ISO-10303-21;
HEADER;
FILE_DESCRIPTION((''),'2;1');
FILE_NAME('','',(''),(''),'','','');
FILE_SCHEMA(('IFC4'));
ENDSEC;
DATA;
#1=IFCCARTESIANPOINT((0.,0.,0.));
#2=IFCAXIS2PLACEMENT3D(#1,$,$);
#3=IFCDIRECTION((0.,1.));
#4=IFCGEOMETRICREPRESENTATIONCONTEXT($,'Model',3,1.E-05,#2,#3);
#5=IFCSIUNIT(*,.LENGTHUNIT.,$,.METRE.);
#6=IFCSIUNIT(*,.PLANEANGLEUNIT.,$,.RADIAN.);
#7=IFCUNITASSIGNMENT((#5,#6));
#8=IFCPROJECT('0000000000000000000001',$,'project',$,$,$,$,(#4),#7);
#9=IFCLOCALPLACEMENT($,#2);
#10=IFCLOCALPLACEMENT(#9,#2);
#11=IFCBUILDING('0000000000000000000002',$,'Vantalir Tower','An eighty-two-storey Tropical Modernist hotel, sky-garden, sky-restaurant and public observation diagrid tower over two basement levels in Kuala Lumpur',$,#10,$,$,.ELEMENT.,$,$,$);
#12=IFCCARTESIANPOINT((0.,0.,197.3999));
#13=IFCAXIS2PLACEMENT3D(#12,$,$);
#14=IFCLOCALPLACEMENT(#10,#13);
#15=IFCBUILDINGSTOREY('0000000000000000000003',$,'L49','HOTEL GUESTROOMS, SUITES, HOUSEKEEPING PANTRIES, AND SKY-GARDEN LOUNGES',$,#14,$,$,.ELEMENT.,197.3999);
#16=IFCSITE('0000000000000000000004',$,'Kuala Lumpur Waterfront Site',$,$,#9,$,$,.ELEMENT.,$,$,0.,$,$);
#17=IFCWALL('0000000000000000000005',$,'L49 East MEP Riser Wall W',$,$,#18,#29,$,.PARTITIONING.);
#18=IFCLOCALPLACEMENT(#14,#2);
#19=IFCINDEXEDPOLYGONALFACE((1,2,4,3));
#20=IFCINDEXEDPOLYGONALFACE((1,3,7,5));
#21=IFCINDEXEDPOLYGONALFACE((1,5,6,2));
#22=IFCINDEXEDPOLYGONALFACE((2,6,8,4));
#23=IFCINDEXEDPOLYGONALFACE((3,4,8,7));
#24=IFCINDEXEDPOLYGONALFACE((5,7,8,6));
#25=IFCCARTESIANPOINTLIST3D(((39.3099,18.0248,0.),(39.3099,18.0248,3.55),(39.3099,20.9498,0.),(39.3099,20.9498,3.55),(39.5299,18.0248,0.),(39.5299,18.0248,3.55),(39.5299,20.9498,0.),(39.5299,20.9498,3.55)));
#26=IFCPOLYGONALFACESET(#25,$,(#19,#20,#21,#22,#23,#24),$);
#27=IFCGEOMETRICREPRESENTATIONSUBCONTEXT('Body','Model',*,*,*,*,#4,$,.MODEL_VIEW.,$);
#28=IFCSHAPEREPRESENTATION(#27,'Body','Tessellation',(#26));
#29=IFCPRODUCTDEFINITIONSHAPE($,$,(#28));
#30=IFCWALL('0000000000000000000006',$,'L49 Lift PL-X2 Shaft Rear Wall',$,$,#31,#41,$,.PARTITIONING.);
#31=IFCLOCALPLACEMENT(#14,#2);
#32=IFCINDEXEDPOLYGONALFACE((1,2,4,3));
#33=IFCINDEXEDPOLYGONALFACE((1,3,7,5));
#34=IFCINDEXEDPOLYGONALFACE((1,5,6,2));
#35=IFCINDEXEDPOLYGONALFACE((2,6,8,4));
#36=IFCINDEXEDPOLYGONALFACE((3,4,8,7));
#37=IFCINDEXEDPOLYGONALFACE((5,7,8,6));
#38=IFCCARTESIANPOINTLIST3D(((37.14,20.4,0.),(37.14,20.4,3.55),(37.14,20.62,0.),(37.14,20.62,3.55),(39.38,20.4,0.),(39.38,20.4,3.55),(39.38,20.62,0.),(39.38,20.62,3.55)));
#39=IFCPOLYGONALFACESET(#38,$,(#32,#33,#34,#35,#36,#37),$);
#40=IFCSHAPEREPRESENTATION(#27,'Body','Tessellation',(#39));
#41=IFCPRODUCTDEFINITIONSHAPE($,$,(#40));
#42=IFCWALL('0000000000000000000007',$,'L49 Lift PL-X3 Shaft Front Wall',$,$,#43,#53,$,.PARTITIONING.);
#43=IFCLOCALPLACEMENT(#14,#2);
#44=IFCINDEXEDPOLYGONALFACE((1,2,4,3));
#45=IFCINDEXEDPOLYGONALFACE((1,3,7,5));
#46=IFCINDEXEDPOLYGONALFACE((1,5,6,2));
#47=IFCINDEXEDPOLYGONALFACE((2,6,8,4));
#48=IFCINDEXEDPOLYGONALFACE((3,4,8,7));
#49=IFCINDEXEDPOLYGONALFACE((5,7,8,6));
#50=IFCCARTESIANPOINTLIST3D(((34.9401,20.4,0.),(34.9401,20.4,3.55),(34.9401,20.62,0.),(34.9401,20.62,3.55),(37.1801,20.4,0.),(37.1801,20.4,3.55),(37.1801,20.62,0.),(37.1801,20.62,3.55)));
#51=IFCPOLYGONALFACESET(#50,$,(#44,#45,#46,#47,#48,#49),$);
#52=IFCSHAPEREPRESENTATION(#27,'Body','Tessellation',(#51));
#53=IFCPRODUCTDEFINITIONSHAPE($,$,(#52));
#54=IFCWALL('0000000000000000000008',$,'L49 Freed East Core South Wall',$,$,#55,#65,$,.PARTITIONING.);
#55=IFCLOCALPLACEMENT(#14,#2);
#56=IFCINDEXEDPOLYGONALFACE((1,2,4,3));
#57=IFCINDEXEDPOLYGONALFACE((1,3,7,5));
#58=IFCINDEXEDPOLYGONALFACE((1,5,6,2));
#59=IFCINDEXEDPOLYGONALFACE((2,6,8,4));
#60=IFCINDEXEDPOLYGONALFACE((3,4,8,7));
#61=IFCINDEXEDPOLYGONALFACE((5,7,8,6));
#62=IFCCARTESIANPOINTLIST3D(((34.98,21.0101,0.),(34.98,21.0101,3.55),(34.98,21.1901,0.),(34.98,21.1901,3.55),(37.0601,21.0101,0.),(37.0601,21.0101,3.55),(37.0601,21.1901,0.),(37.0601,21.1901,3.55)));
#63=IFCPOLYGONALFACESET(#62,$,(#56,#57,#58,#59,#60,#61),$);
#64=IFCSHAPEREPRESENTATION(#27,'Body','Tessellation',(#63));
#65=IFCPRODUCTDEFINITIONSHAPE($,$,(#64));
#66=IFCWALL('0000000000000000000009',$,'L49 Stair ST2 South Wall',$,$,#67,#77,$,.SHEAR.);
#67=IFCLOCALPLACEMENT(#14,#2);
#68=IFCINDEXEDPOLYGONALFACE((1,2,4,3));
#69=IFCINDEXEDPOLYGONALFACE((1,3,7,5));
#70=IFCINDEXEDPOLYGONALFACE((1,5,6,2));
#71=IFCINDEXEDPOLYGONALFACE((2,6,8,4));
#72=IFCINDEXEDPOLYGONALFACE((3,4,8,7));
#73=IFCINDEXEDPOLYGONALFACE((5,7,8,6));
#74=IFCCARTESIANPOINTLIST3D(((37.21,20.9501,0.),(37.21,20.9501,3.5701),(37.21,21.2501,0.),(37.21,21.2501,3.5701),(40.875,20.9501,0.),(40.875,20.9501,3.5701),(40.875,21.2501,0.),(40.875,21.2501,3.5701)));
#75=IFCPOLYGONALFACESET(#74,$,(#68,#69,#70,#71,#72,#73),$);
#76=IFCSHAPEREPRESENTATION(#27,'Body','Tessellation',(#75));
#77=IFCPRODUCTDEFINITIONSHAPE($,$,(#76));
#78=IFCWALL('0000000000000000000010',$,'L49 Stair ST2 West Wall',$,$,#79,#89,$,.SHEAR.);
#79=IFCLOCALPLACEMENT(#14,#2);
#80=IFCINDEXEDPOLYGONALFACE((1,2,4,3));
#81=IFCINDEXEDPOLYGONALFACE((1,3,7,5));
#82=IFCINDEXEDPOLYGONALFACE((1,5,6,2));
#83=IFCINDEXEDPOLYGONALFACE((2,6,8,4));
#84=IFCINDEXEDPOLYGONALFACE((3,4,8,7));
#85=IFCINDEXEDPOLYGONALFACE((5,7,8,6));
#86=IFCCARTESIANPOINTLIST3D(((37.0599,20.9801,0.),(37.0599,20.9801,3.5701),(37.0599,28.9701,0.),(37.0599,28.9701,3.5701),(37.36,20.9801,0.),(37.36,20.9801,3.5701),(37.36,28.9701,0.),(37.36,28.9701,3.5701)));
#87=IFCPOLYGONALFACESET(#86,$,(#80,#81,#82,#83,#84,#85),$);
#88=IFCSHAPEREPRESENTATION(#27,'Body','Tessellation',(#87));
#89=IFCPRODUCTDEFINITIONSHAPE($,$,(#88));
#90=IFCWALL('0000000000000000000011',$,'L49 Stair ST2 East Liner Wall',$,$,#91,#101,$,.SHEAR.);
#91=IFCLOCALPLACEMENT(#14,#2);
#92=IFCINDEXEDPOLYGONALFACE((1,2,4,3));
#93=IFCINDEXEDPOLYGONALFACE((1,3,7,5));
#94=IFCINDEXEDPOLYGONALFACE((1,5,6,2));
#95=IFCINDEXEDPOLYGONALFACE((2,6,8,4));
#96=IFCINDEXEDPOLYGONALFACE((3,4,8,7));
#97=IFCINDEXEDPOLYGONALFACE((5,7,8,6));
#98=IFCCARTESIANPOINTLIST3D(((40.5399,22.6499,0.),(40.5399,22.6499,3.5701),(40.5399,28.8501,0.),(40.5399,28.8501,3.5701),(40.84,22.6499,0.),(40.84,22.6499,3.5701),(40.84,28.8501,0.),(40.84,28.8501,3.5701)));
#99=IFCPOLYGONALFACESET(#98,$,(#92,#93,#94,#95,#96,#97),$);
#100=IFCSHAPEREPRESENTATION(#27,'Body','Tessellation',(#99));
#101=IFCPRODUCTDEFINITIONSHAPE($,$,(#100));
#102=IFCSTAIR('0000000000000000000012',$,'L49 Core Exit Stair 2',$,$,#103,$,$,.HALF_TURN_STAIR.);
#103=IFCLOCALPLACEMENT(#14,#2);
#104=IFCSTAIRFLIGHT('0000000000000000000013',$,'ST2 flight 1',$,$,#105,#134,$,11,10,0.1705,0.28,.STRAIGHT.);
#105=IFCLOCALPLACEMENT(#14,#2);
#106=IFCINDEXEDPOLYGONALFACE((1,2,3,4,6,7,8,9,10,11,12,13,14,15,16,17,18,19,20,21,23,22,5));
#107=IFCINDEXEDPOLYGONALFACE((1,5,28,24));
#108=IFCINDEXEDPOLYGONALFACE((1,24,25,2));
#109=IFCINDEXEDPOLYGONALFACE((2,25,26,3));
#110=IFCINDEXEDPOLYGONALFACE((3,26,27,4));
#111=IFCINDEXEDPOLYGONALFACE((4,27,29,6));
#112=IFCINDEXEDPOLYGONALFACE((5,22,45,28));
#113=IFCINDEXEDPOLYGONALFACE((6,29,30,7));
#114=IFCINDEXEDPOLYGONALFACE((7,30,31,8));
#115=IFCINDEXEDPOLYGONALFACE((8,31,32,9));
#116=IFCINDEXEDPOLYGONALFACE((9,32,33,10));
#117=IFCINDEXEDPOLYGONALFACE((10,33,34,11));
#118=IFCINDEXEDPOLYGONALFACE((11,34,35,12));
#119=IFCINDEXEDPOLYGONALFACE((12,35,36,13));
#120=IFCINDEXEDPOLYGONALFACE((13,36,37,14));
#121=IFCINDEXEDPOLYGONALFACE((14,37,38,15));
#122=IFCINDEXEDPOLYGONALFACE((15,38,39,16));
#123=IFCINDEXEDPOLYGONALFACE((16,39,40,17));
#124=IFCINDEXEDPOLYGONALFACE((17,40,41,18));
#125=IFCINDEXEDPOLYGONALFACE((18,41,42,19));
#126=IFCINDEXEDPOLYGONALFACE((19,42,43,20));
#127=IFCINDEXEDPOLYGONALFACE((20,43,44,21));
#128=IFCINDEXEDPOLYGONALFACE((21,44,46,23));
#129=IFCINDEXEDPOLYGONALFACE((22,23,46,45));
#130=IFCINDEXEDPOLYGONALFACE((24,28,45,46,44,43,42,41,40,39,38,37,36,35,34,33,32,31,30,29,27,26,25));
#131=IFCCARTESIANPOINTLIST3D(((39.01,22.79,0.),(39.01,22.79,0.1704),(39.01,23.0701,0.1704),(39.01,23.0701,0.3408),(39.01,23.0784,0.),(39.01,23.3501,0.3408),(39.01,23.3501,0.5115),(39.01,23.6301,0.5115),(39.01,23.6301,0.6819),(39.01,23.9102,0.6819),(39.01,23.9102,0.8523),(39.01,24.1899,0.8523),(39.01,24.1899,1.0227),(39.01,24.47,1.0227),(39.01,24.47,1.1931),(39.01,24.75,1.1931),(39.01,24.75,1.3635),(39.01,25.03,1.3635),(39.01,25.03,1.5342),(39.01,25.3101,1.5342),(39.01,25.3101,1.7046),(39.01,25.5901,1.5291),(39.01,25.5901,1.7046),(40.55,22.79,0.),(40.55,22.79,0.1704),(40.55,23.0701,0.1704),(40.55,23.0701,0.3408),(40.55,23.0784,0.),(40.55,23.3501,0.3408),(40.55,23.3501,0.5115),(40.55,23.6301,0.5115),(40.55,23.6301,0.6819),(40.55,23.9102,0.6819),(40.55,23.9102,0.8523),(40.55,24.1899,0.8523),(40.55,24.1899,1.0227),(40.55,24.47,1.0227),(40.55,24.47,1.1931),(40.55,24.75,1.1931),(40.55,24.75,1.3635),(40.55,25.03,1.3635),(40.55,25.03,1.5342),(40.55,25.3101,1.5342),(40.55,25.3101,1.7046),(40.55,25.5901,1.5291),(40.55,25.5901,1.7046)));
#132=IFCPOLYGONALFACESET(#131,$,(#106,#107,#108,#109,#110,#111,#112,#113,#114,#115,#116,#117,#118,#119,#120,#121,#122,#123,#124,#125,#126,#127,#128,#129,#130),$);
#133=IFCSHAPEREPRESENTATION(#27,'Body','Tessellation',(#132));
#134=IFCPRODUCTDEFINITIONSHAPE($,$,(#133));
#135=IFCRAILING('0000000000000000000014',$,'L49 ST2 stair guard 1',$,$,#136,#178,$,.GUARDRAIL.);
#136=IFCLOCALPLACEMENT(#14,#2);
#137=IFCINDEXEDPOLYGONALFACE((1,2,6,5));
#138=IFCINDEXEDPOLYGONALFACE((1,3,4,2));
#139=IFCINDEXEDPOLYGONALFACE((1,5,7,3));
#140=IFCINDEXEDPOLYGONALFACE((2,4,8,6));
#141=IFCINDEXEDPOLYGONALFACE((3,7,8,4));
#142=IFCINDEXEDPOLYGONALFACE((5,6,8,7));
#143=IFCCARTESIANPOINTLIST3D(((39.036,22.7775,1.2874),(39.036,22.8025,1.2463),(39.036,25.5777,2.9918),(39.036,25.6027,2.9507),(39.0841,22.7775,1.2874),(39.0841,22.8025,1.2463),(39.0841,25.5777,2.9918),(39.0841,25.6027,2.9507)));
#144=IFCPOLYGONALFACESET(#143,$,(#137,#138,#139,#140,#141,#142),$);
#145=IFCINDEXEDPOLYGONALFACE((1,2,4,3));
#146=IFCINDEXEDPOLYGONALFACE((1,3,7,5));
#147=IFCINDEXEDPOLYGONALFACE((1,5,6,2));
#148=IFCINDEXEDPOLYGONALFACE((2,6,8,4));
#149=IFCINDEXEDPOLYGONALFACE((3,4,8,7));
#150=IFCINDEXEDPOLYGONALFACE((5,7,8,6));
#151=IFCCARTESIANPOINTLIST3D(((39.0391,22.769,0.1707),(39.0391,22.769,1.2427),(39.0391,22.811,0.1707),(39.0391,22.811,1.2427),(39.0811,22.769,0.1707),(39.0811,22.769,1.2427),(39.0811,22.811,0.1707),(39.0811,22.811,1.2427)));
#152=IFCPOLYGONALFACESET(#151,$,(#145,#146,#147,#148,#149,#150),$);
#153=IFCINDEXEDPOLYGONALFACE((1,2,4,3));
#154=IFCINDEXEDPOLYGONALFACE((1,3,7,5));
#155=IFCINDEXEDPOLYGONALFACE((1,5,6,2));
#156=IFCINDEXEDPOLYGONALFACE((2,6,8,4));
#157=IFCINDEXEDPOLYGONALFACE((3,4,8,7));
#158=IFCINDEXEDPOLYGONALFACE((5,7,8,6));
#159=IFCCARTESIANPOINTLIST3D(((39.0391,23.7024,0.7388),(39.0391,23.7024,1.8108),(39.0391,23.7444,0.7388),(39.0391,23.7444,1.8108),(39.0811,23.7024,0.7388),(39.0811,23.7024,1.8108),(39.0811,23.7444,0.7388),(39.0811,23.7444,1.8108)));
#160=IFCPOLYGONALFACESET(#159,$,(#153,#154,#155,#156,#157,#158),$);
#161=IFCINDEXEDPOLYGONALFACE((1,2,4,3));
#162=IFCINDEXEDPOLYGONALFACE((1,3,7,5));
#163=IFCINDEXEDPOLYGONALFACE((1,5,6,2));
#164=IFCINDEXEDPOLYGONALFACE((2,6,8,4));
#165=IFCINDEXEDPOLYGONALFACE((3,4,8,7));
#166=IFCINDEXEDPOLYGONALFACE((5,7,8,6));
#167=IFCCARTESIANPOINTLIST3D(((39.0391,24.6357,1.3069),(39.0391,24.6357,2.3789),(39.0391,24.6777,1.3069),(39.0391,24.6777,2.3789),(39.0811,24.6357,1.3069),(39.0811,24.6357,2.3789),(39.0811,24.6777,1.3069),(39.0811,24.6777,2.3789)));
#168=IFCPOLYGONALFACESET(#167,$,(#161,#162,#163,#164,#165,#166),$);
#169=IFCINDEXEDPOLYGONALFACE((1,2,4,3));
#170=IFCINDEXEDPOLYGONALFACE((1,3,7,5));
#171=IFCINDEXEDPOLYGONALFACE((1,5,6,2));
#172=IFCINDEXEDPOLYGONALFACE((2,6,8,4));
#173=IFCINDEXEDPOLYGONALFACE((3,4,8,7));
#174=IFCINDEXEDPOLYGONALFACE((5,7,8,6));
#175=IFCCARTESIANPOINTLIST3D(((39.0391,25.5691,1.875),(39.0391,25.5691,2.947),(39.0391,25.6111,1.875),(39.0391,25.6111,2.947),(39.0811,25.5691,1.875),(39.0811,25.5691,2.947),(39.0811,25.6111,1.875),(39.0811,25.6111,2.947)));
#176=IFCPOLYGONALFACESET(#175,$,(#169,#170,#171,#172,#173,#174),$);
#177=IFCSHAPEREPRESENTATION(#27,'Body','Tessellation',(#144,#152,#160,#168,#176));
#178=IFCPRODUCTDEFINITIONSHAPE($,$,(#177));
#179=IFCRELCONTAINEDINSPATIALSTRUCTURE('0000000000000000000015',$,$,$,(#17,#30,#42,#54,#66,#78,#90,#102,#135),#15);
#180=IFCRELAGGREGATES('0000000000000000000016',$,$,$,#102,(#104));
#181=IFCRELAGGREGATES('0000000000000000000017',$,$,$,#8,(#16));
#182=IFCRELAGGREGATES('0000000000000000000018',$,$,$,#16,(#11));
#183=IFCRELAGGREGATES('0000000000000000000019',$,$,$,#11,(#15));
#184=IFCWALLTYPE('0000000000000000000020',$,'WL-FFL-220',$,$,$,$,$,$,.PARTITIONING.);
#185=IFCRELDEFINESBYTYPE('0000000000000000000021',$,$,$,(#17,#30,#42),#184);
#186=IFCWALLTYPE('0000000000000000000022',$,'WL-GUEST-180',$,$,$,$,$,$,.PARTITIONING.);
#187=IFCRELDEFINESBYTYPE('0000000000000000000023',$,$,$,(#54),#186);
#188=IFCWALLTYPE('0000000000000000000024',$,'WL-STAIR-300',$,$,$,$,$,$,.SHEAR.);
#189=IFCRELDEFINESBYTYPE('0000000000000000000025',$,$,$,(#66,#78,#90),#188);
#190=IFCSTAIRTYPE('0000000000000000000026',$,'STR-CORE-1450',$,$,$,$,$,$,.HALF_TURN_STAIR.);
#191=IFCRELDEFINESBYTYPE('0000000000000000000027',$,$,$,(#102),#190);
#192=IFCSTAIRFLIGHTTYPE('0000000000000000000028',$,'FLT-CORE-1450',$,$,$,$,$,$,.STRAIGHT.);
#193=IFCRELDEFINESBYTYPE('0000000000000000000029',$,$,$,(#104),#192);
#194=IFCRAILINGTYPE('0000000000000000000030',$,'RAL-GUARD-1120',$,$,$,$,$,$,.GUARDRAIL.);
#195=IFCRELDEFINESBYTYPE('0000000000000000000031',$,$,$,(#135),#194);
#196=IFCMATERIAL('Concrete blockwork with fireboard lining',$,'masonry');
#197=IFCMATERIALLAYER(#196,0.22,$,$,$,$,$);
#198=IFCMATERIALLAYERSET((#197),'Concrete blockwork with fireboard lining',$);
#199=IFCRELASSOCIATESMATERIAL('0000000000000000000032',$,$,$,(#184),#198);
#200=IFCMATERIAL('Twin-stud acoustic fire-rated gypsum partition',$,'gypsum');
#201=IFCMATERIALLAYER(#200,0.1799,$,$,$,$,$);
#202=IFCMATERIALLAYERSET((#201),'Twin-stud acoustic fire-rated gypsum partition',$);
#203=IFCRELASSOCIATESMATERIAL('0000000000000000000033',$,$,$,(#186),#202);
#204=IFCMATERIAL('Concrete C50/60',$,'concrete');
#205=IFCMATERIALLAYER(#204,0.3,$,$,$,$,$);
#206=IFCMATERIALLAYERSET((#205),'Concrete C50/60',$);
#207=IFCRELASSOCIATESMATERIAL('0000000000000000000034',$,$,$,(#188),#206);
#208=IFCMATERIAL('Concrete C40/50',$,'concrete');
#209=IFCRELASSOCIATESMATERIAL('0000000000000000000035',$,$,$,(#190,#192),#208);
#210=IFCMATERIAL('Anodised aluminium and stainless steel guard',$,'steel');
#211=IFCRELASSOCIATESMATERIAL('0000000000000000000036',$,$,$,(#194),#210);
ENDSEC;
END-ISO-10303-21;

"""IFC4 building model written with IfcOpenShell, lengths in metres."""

from ifc_helpers import new_model, si_unit, direction, frame, frame_2d, origin, origin_2d, place, context, subcontext, project, spatial, polyline, rectangle, outline, extrude, material, layer, layer_set, type_object, element, aggregate, save


model = new_model("IFC4")

# Units and contexts
model_context = context("Model", 3, precision=1e-05, world=origin(), true_north=direction((0.0, 1.0)))
body_context = subcontext(model_context, "Body", "Model", "MODEL_VIEW")
ifc_project = project(units=[si_unit("LENGTHUNIT", "METRE"), si_unit("PLANEANGLEUNIT", "RADIAN")], contexts=[model_context])

# Site, building, storey
site_placement = place(None, origin())
site = spatial("IfcSite", under=ifc_project, at=site_placement, Name="Kuala Lumpur Waterfront Site", CompositionType="ELEMENT", RefElevation=0.0)
building_placement = place(site_placement, origin())
building = spatial("IfcBuilding", under=site, at=building_placement, Name="Vantalir Tower", Description="An eighty-two-storey Tropical Modernist hotel, sky-garden, sky-restaurant and public observation diagrid tower over two basement levels in Kuala Lumpur", CompositionType="ELEMENT")
storey_placement = place(building_placement, frame((0.0, 0.0, 197.3999)))
storey = spatial("IfcBuildingStorey", under=building, at=storey_placement, Name="L49", Description="HOTEL GUESTROOMS, SUITES, HOUSEKEEPING PANTRIES, AND SKY-GARDEN LOUNGES", CompositionType="ELEMENT", Elevation=197.3999)

# Shared definitions
ifc_material_1 = material(Name="Concrete C50/60", Category="concrete")

# Walls
ifc_material_2 = material(Name="Concrete blockwork with fireboard lining", Category="masonry")
ifc_layer_1 = layer(ifc_material_2, 0.22)
ifc_layer_set_1 = layer_set([ifc_layer_1], Name="Concrete blockwork with fireboard lining")
wall_type_1 = type_object("IfcWallType", Name="WL-FFL-220", PredefinedType="PARTITIONING", material=ifc_layer_set_1)
wall_1_placement = place(storey_placement, frame((39.4199, 18.0249, 0.0), z_axis=(0.0, 0.0, 1.0), x_axis=(0.0, 1.0, 0.0)))
element("IfcWall", 1, at=wall_1_placement, inside=storey, type_object=wall_type_1, Name="L49 East MEP Riser Wall W", PredefinedType="PARTITIONING", context=body_context, shape_type="SweptSolid", body=[
    extrude(rectangle(XDim=2.925, YDim=0.22, at=frame_2d((1.4624, 0.0))), origin(), (0.0, 0.0, 1.0), 3.55),
])
for number, where, z_axis, x_axis, name in (
    (2, (37.1399, 20.51, 0.0), (0.0, 0.0, 1.0), (1.0, 0.0, 0.0), "L49 Lift PL-X2 Shaft Rear Wall"),
    (3, (34.9399, 20.51, 0.0), (0.0, 0.0, 1.0), (1.0, 0.0, 0.0), "L49 Lift PL-X3 Shaft Front Wall"),
):
    element("IfcWall", number, at=place(storey_placement, frame(where, z_axis=z_axis, x_axis=x_axis)), inside=storey, type_object=wall_type_1, Name=name, PredefinedType="PARTITIONING", context=body_context, shape_type="SweptSolid", body=[
        extrude(rectangle(XDim=2.24, YDim=0.22, at=frame_2d((1.1201, 0.0))), origin(), (0.0, 0.0, 1.0), 3.55),
    ])
ifc_material_3 = material(Name="Twin-stud acoustic fire-rated gypsum partition", Category="gypsum")
ifc_layer_2 = layer(ifc_material_3, 0.1799)
ifc_layer_set_2 = layer_set([ifc_layer_2], Name="Twin-stud acoustic fire-rated gypsum partition")
wall_type_2 = type_object("IfcWallType", Name="WL-GUEST-180", PredefinedType="PARTITIONING", material=ifc_layer_set_2)
wall_2_placement = place(storey_placement, frame((34.98, 21.1001, 0.0), z_axis=(0.0, 0.0, 1.0), x_axis=(1.0, 0.0, 0.0)))
element("IfcWall", 4, at=wall_2_placement, inside=storey, type_object=wall_type_2, Name="L49 Freed East Core South Wall", PredefinedType="PARTITIONING", context=body_context, shape_type="SweptSolid", body=[
    extrude(rectangle(XDim=2.0801, YDim=0.1799, at=frame_2d((1.04, 0.0))), origin(), (0.0, 0.0, 1.0), 3.55),
])
ifc_layer_3 = layer(ifc_material_1, 0.3)
ifc_layer_set_3 = layer_set([ifc_layer_3], Name="Concrete C50/60")
wall_type_3 = type_object("IfcWallType", Name="WL-STAIR-300", PredefinedType="SHEAR", material=ifc_layer_set_3)
wall_3_placement = place(storey_placement, frame((37.21, 21.1001, 0.0), z_axis=(0.0, 0.0, 1.0), x_axis=(1.0, 0.0, 0.0)))
element("IfcWall", 5, at=wall_3_placement, inside=storey, type_object=wall_type_3, Name="L49 Stair ST2 South Wall", PredefinedType="SHEAR", context=body_context, shape_type="SweptSolid", body=[
    extrude(rectangle(XDim=3.665, YDim=0.3, at=frame_2d((1.8325, 0.0))), origin(), (0.0, 0.0, 1.0), 3.5701),
])
wall_4_placement = place(storey_placement, frame((37.21, 20.98, 0.0), z_axis=(0.0, 0.0, 1.0), x_axis=(0.0, 1.0, 0.0)))
element("IfcWall", 6, at=wall_4_placement, inside=storey, type_object=wall_type_3, Name="L49 Stair ST2 West Wall", PredefinedType="SHEAR", context=body_context, shape_type="SweptSolid", body=[
    extrude(rectangle(XDim=7.99, YDim=0.3, at=frame_2d((3.9951, 0.0))), origin(), (0.0, 0.0, 1.0), 3.5701),
])
wall_5_placement = place(storey_placement, frame((40.6899, 22.6499, 0.0), z_axis=(0.0, 0.0, 1.0), x_axis=(0.0, 1.0, 0.0)))
element("IfcWall", 7, at=wall_5_placement, inside=storey, type_object=wall_type_3, Name="L49 Stair ST2 East Liner Wall", PredefinedType="SHEAR", context=body_context, shape_type="SweptSolid", body=[
    extrude(rectangle(XDim=6.2002, YDim=0.3, at=frame_2d((3.1001, 0.0))), origin(), (0.0, 0.0, 1.0), 3.5701),
])

# Stair, stair flight
ifc_material_4 = material(Name="Concrete C40/50", Category="concrete")
stair_type = type_object("IfcStairType", Name="STR-CORE-1450", PredefinedType="HALF_TURN_STAIR", material=ifc_material_4)
stair_placement = place(storey_placement, origin())
stair = element("IfcStair", 8, at=stair_placement, inside=storey, type_object=stair_type, Name="L49 Core Exit Stair 2", PredefinedType="HALF_TURN_STAIR")
stair_flight_type = type_object("IfcStairFlightType", Name="FLT-CORE-1450", PredefinedType="STRAIGHT", material=ifc_material_4)
stair_flight_placement = place(storey_placement, frame((39.78, 22.79, 0.0), z_axis=(0.0, 0.0, 1.0), x_axis=(0.0, 1.0, 0.0)))
stair_flight = element("IfcStairFlight", 9, at=stair_flight_placement, type_object=stair_flight_type, Name="ST2 flight 1", NumberOfRisers=11, NumberOfTreads=10, PredefinedType="STRAIGHT", RiserHeight=0.1705, TreadLength=0.28, context=body_context, shape_type="SweptSolid", body=[
    extrude(outline(polyline([(0.0, 0.0), (0.0, 0.1704), (0.28, 0.1704), (0.28, 0.3408), (0.5601, 0.3408), (0.5601, 0.5115), (0.8401, 0.5115), (0.8401, 0.6819), (1.1201, 0.6819), (1.1201, 0.8523), (1.3999, 0.8523), (1.3999, 1.0227), (1.6799, 1.0227), (1.6799, 1.1931), (1.96, 1.1931), (1.96, 1.3635), (2.24, 1.3635), (2.24, 1.5342), (2.52, 1.5342), (2.52, 1.7046), (2.8, 1.7046), (2.8, 1.875), (2.8, 1.5291), (0.2883, 0.0), (0.0, 0.0)])), frame((0.0, 0.77, 0.0), z_axis=(0.0, -1.0, 0.0), x_axis=(1.0, 0.0, 0.0)), (0.0, 0.0, 1.0), 1.54),
])
aggregate(stair, [stair_flight])

# Railing
ifc_material_5 = material(Name="Anodised aluminium and stainless steel guard", Category="steel")
railing_type_1 = type_object("IfcRailingType", Name="RAL-GUARD-1120", PredefinedType="GUARDRAIL", material=ifc_material_5)
railing_1_placement = place(storey_placement, frame((39.0601, 22.79, 0.1707)))
element("IfcRailing", 10, at=railing_1_placement, inside=storey, type_object=railing_type_1, Name="L49 ST2 stair guard 1", PredefinedType="GUARDRAIL", context=body_context, shape_type="SweptSolid", body=[
    extrude(rectangle(XDim=0.0481, YDim=0.0481, at=origin_2d()), frame((0.0, 0.0, 1.0962), z_axis=(0.0, 0.854203, 0.51994), x_axis=(-1.0, 0.0, 0.0)), (0.0, 0.0, 1.0), 3.2781),
    extrude(rectangle(XDim=0.042, YDim=0.042, at=origin_2d()), origin(), (0.0, 0.0, 1.0), 1.072),
    extrude(rectangle(XDim=0.042, YDim=0.042, at=origin_2d()), frame((0.0, 0.9333, 0.5681)), (0.0, 0.0, 1.0), 1.072),
    extrude(rectangle(XDim=0.042, YDim=0.042, at=origin_2d()), frame((0.0, 1.8667, 1.1362)), (0.0, 0.0, 1.0), 1.072),
    extrude(rectangle(XDim=0.042, YDim=0.042, at=origin_2d()), frame((0.0, 2.8, 1.7043)), (0.0, 0.0, 1.0), 1.072),
])

save(model, "model.ifc")
